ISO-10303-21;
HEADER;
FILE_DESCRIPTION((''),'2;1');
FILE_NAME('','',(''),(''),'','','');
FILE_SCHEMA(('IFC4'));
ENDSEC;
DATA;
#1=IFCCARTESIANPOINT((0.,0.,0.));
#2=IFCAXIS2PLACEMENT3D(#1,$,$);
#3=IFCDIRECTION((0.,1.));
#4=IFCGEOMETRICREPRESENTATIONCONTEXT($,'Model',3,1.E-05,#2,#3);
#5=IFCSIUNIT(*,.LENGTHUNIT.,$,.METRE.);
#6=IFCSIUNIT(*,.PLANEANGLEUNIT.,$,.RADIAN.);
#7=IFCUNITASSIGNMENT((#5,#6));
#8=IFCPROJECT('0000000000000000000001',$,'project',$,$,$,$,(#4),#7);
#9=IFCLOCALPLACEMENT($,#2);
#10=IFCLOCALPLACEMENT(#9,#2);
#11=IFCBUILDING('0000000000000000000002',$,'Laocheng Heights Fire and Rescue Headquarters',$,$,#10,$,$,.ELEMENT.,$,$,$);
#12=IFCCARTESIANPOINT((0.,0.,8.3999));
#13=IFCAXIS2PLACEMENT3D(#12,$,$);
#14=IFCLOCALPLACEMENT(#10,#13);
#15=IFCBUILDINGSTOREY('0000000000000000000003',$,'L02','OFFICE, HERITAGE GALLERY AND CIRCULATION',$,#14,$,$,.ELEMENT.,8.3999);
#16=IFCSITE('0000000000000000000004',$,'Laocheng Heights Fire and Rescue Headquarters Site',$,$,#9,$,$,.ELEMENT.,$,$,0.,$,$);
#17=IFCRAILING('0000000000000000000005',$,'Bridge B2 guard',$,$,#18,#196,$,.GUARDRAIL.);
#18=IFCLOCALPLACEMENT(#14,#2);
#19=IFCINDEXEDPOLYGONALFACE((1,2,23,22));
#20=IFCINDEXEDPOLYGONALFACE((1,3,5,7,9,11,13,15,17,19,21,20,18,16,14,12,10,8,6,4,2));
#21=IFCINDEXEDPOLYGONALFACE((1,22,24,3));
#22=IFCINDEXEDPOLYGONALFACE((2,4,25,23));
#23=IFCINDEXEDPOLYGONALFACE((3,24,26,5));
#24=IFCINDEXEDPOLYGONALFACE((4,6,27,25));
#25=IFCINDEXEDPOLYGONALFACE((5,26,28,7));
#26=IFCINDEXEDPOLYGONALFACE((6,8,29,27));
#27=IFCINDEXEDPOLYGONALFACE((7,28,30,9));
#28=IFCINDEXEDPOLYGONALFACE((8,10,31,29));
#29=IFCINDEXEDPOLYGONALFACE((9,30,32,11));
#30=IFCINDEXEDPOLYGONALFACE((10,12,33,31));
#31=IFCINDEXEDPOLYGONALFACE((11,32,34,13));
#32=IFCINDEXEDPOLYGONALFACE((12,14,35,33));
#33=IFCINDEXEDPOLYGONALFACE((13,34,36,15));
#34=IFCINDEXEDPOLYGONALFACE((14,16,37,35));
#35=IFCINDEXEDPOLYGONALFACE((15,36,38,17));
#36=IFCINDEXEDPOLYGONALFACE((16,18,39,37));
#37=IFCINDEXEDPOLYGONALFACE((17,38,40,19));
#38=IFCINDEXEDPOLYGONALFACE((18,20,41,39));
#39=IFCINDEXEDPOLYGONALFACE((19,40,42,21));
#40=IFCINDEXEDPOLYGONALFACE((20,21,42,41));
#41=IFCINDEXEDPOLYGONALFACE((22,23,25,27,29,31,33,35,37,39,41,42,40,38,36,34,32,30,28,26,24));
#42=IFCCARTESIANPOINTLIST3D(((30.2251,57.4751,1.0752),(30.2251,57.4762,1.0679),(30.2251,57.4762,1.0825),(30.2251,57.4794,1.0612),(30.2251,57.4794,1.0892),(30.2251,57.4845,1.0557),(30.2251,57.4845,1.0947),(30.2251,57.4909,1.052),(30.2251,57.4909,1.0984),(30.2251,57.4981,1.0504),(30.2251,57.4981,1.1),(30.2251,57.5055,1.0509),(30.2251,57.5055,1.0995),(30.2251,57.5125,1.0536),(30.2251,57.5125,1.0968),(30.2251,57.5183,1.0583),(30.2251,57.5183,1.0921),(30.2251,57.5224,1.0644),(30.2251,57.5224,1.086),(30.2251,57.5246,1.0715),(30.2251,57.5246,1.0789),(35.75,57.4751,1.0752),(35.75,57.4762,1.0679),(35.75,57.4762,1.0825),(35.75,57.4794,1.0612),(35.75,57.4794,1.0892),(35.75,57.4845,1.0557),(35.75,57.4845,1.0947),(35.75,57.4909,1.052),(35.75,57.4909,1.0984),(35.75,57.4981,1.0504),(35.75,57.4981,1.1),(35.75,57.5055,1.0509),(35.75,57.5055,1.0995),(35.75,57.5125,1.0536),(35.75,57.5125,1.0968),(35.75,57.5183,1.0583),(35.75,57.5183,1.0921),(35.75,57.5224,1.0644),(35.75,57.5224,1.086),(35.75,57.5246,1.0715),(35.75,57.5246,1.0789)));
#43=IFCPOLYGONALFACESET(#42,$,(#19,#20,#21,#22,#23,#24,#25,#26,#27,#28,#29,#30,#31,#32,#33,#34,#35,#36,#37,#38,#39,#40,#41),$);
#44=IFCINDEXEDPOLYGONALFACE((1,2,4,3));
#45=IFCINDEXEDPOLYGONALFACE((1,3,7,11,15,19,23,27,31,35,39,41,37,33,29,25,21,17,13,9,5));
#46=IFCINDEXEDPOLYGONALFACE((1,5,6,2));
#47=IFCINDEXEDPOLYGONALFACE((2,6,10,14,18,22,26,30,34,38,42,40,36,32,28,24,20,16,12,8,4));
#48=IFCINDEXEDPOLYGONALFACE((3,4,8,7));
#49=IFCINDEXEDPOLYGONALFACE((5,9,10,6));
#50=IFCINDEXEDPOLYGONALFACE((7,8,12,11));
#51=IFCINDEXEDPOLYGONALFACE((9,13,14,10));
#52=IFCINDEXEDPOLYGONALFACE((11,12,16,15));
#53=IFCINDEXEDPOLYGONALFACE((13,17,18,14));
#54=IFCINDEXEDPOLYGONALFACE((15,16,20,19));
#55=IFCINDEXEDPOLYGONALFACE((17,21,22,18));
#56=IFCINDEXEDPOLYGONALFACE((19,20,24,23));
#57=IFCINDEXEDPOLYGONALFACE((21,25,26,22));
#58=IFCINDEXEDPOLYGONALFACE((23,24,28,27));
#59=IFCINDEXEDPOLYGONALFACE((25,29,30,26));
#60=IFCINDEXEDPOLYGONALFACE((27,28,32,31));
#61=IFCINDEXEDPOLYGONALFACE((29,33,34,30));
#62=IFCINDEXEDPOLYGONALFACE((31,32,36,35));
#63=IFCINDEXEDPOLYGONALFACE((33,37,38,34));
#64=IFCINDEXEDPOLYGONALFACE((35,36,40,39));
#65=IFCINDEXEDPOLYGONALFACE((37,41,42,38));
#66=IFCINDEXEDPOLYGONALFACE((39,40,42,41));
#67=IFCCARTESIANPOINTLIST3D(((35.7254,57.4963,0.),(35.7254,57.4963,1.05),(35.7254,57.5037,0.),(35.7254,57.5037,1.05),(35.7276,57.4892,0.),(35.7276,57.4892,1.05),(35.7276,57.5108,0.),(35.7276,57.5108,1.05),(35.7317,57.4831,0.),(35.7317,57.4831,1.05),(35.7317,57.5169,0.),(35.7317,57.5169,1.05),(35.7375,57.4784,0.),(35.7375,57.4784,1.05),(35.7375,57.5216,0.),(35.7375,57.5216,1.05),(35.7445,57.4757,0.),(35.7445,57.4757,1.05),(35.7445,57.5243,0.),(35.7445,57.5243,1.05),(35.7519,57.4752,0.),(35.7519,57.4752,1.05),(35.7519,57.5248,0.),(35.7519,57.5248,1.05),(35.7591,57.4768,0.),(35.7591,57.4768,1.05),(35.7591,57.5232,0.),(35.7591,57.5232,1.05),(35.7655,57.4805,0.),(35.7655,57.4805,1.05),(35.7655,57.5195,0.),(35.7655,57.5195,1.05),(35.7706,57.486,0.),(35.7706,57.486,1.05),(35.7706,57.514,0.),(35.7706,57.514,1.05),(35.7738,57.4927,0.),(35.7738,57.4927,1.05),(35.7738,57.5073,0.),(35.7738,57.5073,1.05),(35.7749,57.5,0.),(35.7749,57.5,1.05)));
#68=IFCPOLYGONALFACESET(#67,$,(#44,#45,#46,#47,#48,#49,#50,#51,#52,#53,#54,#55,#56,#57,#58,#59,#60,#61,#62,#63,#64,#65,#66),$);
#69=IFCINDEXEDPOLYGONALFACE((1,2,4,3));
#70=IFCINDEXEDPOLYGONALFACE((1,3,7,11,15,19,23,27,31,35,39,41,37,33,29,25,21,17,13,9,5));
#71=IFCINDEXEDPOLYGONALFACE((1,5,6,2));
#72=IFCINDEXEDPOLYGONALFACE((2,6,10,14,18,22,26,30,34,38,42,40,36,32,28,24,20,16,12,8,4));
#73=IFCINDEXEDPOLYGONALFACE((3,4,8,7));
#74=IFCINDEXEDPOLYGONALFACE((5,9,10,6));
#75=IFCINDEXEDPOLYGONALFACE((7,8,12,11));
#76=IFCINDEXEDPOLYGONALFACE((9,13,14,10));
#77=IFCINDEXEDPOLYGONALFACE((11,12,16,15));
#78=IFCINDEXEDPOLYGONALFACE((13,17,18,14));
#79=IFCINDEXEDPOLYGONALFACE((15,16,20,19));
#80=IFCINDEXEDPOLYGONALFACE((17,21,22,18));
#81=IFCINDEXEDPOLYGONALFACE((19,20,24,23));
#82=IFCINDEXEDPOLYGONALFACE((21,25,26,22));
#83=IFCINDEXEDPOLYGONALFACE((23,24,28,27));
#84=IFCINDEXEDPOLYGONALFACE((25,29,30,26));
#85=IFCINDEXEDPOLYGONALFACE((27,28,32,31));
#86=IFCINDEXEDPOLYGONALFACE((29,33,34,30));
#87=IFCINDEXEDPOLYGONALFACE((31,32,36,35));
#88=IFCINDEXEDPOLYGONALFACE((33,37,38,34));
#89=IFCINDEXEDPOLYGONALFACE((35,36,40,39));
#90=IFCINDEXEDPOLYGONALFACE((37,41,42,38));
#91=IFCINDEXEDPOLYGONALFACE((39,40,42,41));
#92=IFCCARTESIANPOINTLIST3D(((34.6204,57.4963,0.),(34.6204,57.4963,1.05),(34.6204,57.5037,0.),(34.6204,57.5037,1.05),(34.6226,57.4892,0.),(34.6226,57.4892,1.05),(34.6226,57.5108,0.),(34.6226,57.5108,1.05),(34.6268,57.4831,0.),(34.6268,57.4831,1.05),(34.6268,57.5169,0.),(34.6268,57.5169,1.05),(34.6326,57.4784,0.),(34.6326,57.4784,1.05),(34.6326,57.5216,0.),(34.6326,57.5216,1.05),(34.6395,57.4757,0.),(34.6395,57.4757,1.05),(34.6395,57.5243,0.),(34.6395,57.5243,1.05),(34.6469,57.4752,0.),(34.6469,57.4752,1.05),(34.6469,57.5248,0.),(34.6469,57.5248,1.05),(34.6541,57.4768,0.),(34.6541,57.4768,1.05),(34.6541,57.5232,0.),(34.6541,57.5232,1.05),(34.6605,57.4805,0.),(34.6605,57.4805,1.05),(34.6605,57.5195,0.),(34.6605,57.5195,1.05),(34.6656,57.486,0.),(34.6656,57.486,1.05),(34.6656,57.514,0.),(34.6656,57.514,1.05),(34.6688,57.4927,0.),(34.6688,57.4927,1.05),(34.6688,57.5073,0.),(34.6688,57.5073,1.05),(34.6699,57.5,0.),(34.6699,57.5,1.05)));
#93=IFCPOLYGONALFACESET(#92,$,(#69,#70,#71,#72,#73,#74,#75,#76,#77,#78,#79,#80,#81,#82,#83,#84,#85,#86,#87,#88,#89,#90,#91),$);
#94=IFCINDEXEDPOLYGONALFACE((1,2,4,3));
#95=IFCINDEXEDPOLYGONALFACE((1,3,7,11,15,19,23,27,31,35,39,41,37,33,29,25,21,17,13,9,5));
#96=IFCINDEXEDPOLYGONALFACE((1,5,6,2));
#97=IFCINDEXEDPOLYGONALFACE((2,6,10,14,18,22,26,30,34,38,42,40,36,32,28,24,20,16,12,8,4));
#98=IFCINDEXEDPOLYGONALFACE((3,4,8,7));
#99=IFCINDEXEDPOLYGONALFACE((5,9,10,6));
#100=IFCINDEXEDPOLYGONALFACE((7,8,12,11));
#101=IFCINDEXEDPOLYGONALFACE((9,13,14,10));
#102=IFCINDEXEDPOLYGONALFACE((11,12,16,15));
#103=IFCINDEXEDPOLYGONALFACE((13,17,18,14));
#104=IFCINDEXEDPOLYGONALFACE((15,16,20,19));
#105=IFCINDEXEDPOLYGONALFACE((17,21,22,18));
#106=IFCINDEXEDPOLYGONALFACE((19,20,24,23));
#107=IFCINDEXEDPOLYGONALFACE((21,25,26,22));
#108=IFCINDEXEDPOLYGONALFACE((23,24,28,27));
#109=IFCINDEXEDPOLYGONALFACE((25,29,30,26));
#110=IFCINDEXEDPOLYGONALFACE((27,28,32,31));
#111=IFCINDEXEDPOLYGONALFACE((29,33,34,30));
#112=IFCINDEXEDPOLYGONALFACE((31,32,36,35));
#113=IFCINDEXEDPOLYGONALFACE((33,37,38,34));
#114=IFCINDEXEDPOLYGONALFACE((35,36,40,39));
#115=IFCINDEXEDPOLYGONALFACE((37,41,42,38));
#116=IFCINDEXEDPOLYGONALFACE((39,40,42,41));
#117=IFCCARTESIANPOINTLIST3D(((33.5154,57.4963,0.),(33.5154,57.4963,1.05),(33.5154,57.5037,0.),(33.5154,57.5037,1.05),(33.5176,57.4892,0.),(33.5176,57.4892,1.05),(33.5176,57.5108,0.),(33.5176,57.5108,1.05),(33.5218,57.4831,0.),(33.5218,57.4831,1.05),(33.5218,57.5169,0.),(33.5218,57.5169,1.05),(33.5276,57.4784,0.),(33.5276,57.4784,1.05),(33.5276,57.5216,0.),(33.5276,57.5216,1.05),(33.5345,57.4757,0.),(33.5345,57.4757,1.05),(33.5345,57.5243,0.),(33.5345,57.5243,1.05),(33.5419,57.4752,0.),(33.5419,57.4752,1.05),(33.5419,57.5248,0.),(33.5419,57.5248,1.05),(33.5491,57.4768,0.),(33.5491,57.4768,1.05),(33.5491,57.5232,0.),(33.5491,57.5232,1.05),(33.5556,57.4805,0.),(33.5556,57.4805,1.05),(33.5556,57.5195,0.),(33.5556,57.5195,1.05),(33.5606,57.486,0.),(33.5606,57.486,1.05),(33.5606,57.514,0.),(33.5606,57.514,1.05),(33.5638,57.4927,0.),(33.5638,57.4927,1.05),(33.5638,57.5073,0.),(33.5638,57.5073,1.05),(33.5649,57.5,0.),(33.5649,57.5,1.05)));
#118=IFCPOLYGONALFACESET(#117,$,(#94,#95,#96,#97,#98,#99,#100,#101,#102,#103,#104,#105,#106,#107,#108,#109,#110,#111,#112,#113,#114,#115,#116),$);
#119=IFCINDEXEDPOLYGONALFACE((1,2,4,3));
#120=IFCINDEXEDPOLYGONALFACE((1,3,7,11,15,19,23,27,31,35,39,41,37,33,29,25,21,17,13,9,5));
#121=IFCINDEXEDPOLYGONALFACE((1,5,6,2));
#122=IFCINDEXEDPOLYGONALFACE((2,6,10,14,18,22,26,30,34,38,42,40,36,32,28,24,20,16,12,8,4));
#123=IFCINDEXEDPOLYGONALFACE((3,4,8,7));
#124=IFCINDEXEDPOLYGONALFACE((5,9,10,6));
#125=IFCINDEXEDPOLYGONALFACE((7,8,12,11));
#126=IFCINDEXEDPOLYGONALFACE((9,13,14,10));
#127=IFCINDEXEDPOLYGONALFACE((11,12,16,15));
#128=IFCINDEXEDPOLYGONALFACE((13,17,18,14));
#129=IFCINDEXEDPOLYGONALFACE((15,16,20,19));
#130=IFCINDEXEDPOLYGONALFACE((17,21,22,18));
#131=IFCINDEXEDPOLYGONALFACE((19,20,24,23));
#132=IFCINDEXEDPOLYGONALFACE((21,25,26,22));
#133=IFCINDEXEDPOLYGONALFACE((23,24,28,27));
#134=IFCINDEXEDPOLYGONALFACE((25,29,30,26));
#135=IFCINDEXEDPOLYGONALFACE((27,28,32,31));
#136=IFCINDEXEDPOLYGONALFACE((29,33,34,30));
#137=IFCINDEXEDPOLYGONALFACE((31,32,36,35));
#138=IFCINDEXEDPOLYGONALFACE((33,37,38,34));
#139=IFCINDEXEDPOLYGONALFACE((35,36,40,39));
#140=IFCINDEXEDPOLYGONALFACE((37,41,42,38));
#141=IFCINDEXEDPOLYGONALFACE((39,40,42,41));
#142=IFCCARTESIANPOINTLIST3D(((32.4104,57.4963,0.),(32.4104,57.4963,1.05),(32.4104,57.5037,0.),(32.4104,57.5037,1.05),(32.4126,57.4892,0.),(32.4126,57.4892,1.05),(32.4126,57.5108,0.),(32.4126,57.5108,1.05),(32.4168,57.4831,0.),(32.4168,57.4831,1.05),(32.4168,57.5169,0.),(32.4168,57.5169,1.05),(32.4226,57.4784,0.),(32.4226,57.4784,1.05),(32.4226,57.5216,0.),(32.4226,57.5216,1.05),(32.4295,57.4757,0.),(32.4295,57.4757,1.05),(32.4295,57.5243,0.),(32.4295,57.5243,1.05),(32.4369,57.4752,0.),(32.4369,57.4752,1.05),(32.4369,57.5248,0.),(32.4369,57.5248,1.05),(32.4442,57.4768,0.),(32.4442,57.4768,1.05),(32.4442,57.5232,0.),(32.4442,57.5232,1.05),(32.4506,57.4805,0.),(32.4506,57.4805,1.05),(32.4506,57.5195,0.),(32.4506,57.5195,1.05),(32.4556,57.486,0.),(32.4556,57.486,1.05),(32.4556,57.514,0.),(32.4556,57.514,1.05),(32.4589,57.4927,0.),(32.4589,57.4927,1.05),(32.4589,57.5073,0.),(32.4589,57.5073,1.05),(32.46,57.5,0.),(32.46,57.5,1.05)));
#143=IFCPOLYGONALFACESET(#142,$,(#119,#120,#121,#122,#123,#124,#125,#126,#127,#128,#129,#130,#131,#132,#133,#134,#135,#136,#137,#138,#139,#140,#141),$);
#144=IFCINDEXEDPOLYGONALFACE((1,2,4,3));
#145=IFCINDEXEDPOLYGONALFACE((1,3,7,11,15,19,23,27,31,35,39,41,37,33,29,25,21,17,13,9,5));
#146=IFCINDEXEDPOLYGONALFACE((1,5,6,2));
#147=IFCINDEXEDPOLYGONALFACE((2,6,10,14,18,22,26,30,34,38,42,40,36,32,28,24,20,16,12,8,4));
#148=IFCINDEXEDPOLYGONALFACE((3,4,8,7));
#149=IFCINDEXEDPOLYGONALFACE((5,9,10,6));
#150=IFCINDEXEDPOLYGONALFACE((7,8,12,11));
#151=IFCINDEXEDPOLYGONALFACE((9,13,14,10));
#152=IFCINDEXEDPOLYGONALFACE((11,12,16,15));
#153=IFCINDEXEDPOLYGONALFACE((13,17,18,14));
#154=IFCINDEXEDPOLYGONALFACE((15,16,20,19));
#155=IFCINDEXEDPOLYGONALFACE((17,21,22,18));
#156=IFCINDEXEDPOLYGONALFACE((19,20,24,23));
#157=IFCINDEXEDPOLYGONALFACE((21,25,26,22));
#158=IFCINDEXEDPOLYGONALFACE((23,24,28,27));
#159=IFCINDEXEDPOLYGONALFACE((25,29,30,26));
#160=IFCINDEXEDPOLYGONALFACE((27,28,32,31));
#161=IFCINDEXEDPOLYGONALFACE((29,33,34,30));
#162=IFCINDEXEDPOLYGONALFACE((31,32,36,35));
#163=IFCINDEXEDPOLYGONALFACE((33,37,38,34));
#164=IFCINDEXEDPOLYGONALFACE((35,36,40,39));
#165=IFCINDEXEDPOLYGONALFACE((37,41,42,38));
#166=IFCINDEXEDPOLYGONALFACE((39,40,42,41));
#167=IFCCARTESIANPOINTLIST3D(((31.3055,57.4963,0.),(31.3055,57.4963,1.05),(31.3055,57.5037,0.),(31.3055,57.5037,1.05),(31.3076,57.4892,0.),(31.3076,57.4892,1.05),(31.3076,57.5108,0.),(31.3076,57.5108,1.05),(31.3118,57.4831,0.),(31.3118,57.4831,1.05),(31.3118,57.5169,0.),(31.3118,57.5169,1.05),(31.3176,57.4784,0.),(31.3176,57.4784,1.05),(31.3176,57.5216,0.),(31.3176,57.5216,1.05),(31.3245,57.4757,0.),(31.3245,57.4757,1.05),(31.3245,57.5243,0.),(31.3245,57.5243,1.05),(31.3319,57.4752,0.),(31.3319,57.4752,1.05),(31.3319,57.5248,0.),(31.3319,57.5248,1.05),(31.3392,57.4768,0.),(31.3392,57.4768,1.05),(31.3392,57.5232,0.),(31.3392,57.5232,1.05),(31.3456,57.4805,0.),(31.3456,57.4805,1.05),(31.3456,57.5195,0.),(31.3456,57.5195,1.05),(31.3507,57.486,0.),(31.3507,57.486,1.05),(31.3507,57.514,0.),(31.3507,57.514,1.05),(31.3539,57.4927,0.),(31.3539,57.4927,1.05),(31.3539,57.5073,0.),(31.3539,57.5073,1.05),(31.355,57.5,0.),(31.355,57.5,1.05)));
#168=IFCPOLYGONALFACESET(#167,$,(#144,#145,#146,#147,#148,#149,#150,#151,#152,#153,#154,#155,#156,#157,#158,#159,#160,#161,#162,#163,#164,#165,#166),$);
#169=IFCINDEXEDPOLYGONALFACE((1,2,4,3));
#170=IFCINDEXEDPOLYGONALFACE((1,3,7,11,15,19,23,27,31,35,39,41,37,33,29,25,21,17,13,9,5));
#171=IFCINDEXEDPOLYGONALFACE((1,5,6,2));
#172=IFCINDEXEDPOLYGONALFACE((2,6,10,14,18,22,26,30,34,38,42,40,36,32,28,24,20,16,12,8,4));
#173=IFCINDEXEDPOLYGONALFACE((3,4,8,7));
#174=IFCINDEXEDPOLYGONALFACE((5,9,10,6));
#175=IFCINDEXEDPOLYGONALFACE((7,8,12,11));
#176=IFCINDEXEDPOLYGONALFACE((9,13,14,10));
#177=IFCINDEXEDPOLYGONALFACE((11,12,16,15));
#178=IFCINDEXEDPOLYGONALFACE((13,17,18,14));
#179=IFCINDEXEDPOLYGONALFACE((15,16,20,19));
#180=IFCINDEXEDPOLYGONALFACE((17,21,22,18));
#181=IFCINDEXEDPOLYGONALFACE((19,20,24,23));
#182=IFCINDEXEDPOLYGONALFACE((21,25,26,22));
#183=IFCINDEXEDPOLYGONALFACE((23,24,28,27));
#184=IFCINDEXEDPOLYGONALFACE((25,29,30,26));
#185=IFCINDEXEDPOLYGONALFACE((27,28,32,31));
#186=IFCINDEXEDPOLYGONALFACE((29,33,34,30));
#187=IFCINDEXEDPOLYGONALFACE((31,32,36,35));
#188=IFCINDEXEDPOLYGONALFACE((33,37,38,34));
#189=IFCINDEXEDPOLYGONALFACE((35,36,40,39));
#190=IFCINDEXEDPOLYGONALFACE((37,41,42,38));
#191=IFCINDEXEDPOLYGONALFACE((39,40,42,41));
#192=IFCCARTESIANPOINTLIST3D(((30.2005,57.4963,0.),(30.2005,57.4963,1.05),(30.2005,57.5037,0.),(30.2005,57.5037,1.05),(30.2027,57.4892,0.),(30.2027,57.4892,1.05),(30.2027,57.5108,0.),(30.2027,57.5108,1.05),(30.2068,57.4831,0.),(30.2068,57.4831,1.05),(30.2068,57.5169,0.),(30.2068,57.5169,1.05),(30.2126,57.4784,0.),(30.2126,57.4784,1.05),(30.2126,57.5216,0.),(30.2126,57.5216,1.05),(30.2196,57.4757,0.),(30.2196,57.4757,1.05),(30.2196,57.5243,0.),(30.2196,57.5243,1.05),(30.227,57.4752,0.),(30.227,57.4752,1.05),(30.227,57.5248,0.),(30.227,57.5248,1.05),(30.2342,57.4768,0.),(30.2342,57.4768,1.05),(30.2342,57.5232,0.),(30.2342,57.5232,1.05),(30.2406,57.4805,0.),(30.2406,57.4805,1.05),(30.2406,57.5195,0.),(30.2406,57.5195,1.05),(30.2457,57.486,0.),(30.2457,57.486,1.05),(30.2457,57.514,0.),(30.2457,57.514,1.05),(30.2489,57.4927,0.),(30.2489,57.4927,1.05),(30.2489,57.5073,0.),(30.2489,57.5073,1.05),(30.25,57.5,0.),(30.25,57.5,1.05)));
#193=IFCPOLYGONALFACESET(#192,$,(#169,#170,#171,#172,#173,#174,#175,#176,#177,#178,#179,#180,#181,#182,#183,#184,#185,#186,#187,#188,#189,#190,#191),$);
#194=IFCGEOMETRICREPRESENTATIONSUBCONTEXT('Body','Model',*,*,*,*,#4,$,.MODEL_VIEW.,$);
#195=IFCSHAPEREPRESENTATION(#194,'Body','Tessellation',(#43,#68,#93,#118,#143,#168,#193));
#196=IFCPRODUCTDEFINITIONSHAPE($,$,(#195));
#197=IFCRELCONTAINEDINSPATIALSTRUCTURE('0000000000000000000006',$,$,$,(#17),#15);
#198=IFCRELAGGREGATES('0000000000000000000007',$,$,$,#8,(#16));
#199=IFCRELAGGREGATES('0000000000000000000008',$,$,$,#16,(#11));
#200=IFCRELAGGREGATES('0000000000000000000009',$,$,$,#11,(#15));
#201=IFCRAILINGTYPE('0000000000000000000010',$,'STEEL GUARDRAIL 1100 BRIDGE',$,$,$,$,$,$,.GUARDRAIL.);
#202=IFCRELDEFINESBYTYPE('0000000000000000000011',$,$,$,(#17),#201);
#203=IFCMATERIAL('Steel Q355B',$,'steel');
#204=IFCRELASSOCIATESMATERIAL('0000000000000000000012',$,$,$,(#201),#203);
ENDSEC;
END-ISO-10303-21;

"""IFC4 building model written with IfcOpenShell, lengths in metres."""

from ifc_helpers import new_model, si_unit, direction, frame, origin, origin_2d, place, context, subcontext, project, spatial, circle, extrude, material, type_object, element, save


model = new_model("IFC4")

# Units and contexts
model_context = context("Model", 3, precision=1e-05, world=origin(), true_north=direction((0.0, 1.0)))
body_context = subcontext(model_context, "Body", "Model", "MODEL_VIEW")
ifc_project = project(units=[si_unit("LENGTHUNIT", "METRE"), si_unit("PLANEANGLEUNIT", "RADIAN")], contexts=[model_context])

# Site, building, storey
site_placement = place(None, origin())
site = spatial("IfcSite", under=ifc_project, at=site_placement, Name="Laocheng Heights Fire and Rescue Headquarters Site", CompositionType="ELEMENT", RefElevation=0.0)
building_placement = place(site_placement, origin())
building = spatial("IfcBuilding", under=site, at=building_placement, Name="Laocheng Heights Fire and Rescue Headquarters", CompositionType="ELEMENT")
storey_placement = place(building_placement, frame((0.0, 0.0, 8.3999)))
storey = spatial("IfcBuildingStorey", under=building, at=storey_placement, Name="L02", Description="OFFICE, HERITAGE GALLERY AND CIRCULATION", CompositionType="ELEMENT", Elevation=8.3999)

# Railing
ifc_material_1 = material(Name="Steel Q355B", Category="steel")
railing_type = type_object("IfcRailingType", Name="STEEL GUARDRAIL 1100 BRIDGE", PredefinedType="GUARDRAIL", material=ifc_material_1)
railing_1_placement = place(storey_placement, frame((35.75, 57.5, 0.0)))
element("IfcRailing", 1, at=railing_1_placement, inside=storey, type_object=railing_type, Name="Bridge B2 guard", PredefinedType="GUARDRAIL", context=body_context, shape_type="SweptSolid", body=[
    extrude(circle(Radius=0.0249, at=origin_2d()), frame((0.0, 0.0, 1.0752), z_axis=(-1.0, 0.0, 0.0), x_axis=(0.0, -1.0, 0.0)), (0.0, 0.0, 1.0), 5.5249),
    extrude(circle(Radius=0.0249, at=origin_2d()), origin(), (0.0, 0.0, 1.0), 1.05),
    extrude(circle(Radius=0.0249, at=origin_2d()), frame((-1.105, 0.0, 0.0)), (0.0, 0.0, 1.0), 1.05),
    extrude(circle(Radius=0.0249, at=origin_2d()), frame((-2.21, 0.0, 0.0)), (0.0, 0.0, 1.0), 1.05),
    extrude(circle(Radius=0.0249, at=origin_2d()), frame((-3.3149, 0.0, 0.0)), (0.0, 0.0, 1.0), 1.05),
    extrude(circle(Radius=0.0249, at=origin_2d()), frame((-4.4199, 0.0, 0.0)), (0.0, 0.0, 1.0), 1.05),
    extrude(circle(Radius=0.0249, at=origin_2d()), frame((-5.5249, 0.0, 0.0)), (0.0, 0.0, 1.0), 1.05),
])

save(model, "model.ifc")
